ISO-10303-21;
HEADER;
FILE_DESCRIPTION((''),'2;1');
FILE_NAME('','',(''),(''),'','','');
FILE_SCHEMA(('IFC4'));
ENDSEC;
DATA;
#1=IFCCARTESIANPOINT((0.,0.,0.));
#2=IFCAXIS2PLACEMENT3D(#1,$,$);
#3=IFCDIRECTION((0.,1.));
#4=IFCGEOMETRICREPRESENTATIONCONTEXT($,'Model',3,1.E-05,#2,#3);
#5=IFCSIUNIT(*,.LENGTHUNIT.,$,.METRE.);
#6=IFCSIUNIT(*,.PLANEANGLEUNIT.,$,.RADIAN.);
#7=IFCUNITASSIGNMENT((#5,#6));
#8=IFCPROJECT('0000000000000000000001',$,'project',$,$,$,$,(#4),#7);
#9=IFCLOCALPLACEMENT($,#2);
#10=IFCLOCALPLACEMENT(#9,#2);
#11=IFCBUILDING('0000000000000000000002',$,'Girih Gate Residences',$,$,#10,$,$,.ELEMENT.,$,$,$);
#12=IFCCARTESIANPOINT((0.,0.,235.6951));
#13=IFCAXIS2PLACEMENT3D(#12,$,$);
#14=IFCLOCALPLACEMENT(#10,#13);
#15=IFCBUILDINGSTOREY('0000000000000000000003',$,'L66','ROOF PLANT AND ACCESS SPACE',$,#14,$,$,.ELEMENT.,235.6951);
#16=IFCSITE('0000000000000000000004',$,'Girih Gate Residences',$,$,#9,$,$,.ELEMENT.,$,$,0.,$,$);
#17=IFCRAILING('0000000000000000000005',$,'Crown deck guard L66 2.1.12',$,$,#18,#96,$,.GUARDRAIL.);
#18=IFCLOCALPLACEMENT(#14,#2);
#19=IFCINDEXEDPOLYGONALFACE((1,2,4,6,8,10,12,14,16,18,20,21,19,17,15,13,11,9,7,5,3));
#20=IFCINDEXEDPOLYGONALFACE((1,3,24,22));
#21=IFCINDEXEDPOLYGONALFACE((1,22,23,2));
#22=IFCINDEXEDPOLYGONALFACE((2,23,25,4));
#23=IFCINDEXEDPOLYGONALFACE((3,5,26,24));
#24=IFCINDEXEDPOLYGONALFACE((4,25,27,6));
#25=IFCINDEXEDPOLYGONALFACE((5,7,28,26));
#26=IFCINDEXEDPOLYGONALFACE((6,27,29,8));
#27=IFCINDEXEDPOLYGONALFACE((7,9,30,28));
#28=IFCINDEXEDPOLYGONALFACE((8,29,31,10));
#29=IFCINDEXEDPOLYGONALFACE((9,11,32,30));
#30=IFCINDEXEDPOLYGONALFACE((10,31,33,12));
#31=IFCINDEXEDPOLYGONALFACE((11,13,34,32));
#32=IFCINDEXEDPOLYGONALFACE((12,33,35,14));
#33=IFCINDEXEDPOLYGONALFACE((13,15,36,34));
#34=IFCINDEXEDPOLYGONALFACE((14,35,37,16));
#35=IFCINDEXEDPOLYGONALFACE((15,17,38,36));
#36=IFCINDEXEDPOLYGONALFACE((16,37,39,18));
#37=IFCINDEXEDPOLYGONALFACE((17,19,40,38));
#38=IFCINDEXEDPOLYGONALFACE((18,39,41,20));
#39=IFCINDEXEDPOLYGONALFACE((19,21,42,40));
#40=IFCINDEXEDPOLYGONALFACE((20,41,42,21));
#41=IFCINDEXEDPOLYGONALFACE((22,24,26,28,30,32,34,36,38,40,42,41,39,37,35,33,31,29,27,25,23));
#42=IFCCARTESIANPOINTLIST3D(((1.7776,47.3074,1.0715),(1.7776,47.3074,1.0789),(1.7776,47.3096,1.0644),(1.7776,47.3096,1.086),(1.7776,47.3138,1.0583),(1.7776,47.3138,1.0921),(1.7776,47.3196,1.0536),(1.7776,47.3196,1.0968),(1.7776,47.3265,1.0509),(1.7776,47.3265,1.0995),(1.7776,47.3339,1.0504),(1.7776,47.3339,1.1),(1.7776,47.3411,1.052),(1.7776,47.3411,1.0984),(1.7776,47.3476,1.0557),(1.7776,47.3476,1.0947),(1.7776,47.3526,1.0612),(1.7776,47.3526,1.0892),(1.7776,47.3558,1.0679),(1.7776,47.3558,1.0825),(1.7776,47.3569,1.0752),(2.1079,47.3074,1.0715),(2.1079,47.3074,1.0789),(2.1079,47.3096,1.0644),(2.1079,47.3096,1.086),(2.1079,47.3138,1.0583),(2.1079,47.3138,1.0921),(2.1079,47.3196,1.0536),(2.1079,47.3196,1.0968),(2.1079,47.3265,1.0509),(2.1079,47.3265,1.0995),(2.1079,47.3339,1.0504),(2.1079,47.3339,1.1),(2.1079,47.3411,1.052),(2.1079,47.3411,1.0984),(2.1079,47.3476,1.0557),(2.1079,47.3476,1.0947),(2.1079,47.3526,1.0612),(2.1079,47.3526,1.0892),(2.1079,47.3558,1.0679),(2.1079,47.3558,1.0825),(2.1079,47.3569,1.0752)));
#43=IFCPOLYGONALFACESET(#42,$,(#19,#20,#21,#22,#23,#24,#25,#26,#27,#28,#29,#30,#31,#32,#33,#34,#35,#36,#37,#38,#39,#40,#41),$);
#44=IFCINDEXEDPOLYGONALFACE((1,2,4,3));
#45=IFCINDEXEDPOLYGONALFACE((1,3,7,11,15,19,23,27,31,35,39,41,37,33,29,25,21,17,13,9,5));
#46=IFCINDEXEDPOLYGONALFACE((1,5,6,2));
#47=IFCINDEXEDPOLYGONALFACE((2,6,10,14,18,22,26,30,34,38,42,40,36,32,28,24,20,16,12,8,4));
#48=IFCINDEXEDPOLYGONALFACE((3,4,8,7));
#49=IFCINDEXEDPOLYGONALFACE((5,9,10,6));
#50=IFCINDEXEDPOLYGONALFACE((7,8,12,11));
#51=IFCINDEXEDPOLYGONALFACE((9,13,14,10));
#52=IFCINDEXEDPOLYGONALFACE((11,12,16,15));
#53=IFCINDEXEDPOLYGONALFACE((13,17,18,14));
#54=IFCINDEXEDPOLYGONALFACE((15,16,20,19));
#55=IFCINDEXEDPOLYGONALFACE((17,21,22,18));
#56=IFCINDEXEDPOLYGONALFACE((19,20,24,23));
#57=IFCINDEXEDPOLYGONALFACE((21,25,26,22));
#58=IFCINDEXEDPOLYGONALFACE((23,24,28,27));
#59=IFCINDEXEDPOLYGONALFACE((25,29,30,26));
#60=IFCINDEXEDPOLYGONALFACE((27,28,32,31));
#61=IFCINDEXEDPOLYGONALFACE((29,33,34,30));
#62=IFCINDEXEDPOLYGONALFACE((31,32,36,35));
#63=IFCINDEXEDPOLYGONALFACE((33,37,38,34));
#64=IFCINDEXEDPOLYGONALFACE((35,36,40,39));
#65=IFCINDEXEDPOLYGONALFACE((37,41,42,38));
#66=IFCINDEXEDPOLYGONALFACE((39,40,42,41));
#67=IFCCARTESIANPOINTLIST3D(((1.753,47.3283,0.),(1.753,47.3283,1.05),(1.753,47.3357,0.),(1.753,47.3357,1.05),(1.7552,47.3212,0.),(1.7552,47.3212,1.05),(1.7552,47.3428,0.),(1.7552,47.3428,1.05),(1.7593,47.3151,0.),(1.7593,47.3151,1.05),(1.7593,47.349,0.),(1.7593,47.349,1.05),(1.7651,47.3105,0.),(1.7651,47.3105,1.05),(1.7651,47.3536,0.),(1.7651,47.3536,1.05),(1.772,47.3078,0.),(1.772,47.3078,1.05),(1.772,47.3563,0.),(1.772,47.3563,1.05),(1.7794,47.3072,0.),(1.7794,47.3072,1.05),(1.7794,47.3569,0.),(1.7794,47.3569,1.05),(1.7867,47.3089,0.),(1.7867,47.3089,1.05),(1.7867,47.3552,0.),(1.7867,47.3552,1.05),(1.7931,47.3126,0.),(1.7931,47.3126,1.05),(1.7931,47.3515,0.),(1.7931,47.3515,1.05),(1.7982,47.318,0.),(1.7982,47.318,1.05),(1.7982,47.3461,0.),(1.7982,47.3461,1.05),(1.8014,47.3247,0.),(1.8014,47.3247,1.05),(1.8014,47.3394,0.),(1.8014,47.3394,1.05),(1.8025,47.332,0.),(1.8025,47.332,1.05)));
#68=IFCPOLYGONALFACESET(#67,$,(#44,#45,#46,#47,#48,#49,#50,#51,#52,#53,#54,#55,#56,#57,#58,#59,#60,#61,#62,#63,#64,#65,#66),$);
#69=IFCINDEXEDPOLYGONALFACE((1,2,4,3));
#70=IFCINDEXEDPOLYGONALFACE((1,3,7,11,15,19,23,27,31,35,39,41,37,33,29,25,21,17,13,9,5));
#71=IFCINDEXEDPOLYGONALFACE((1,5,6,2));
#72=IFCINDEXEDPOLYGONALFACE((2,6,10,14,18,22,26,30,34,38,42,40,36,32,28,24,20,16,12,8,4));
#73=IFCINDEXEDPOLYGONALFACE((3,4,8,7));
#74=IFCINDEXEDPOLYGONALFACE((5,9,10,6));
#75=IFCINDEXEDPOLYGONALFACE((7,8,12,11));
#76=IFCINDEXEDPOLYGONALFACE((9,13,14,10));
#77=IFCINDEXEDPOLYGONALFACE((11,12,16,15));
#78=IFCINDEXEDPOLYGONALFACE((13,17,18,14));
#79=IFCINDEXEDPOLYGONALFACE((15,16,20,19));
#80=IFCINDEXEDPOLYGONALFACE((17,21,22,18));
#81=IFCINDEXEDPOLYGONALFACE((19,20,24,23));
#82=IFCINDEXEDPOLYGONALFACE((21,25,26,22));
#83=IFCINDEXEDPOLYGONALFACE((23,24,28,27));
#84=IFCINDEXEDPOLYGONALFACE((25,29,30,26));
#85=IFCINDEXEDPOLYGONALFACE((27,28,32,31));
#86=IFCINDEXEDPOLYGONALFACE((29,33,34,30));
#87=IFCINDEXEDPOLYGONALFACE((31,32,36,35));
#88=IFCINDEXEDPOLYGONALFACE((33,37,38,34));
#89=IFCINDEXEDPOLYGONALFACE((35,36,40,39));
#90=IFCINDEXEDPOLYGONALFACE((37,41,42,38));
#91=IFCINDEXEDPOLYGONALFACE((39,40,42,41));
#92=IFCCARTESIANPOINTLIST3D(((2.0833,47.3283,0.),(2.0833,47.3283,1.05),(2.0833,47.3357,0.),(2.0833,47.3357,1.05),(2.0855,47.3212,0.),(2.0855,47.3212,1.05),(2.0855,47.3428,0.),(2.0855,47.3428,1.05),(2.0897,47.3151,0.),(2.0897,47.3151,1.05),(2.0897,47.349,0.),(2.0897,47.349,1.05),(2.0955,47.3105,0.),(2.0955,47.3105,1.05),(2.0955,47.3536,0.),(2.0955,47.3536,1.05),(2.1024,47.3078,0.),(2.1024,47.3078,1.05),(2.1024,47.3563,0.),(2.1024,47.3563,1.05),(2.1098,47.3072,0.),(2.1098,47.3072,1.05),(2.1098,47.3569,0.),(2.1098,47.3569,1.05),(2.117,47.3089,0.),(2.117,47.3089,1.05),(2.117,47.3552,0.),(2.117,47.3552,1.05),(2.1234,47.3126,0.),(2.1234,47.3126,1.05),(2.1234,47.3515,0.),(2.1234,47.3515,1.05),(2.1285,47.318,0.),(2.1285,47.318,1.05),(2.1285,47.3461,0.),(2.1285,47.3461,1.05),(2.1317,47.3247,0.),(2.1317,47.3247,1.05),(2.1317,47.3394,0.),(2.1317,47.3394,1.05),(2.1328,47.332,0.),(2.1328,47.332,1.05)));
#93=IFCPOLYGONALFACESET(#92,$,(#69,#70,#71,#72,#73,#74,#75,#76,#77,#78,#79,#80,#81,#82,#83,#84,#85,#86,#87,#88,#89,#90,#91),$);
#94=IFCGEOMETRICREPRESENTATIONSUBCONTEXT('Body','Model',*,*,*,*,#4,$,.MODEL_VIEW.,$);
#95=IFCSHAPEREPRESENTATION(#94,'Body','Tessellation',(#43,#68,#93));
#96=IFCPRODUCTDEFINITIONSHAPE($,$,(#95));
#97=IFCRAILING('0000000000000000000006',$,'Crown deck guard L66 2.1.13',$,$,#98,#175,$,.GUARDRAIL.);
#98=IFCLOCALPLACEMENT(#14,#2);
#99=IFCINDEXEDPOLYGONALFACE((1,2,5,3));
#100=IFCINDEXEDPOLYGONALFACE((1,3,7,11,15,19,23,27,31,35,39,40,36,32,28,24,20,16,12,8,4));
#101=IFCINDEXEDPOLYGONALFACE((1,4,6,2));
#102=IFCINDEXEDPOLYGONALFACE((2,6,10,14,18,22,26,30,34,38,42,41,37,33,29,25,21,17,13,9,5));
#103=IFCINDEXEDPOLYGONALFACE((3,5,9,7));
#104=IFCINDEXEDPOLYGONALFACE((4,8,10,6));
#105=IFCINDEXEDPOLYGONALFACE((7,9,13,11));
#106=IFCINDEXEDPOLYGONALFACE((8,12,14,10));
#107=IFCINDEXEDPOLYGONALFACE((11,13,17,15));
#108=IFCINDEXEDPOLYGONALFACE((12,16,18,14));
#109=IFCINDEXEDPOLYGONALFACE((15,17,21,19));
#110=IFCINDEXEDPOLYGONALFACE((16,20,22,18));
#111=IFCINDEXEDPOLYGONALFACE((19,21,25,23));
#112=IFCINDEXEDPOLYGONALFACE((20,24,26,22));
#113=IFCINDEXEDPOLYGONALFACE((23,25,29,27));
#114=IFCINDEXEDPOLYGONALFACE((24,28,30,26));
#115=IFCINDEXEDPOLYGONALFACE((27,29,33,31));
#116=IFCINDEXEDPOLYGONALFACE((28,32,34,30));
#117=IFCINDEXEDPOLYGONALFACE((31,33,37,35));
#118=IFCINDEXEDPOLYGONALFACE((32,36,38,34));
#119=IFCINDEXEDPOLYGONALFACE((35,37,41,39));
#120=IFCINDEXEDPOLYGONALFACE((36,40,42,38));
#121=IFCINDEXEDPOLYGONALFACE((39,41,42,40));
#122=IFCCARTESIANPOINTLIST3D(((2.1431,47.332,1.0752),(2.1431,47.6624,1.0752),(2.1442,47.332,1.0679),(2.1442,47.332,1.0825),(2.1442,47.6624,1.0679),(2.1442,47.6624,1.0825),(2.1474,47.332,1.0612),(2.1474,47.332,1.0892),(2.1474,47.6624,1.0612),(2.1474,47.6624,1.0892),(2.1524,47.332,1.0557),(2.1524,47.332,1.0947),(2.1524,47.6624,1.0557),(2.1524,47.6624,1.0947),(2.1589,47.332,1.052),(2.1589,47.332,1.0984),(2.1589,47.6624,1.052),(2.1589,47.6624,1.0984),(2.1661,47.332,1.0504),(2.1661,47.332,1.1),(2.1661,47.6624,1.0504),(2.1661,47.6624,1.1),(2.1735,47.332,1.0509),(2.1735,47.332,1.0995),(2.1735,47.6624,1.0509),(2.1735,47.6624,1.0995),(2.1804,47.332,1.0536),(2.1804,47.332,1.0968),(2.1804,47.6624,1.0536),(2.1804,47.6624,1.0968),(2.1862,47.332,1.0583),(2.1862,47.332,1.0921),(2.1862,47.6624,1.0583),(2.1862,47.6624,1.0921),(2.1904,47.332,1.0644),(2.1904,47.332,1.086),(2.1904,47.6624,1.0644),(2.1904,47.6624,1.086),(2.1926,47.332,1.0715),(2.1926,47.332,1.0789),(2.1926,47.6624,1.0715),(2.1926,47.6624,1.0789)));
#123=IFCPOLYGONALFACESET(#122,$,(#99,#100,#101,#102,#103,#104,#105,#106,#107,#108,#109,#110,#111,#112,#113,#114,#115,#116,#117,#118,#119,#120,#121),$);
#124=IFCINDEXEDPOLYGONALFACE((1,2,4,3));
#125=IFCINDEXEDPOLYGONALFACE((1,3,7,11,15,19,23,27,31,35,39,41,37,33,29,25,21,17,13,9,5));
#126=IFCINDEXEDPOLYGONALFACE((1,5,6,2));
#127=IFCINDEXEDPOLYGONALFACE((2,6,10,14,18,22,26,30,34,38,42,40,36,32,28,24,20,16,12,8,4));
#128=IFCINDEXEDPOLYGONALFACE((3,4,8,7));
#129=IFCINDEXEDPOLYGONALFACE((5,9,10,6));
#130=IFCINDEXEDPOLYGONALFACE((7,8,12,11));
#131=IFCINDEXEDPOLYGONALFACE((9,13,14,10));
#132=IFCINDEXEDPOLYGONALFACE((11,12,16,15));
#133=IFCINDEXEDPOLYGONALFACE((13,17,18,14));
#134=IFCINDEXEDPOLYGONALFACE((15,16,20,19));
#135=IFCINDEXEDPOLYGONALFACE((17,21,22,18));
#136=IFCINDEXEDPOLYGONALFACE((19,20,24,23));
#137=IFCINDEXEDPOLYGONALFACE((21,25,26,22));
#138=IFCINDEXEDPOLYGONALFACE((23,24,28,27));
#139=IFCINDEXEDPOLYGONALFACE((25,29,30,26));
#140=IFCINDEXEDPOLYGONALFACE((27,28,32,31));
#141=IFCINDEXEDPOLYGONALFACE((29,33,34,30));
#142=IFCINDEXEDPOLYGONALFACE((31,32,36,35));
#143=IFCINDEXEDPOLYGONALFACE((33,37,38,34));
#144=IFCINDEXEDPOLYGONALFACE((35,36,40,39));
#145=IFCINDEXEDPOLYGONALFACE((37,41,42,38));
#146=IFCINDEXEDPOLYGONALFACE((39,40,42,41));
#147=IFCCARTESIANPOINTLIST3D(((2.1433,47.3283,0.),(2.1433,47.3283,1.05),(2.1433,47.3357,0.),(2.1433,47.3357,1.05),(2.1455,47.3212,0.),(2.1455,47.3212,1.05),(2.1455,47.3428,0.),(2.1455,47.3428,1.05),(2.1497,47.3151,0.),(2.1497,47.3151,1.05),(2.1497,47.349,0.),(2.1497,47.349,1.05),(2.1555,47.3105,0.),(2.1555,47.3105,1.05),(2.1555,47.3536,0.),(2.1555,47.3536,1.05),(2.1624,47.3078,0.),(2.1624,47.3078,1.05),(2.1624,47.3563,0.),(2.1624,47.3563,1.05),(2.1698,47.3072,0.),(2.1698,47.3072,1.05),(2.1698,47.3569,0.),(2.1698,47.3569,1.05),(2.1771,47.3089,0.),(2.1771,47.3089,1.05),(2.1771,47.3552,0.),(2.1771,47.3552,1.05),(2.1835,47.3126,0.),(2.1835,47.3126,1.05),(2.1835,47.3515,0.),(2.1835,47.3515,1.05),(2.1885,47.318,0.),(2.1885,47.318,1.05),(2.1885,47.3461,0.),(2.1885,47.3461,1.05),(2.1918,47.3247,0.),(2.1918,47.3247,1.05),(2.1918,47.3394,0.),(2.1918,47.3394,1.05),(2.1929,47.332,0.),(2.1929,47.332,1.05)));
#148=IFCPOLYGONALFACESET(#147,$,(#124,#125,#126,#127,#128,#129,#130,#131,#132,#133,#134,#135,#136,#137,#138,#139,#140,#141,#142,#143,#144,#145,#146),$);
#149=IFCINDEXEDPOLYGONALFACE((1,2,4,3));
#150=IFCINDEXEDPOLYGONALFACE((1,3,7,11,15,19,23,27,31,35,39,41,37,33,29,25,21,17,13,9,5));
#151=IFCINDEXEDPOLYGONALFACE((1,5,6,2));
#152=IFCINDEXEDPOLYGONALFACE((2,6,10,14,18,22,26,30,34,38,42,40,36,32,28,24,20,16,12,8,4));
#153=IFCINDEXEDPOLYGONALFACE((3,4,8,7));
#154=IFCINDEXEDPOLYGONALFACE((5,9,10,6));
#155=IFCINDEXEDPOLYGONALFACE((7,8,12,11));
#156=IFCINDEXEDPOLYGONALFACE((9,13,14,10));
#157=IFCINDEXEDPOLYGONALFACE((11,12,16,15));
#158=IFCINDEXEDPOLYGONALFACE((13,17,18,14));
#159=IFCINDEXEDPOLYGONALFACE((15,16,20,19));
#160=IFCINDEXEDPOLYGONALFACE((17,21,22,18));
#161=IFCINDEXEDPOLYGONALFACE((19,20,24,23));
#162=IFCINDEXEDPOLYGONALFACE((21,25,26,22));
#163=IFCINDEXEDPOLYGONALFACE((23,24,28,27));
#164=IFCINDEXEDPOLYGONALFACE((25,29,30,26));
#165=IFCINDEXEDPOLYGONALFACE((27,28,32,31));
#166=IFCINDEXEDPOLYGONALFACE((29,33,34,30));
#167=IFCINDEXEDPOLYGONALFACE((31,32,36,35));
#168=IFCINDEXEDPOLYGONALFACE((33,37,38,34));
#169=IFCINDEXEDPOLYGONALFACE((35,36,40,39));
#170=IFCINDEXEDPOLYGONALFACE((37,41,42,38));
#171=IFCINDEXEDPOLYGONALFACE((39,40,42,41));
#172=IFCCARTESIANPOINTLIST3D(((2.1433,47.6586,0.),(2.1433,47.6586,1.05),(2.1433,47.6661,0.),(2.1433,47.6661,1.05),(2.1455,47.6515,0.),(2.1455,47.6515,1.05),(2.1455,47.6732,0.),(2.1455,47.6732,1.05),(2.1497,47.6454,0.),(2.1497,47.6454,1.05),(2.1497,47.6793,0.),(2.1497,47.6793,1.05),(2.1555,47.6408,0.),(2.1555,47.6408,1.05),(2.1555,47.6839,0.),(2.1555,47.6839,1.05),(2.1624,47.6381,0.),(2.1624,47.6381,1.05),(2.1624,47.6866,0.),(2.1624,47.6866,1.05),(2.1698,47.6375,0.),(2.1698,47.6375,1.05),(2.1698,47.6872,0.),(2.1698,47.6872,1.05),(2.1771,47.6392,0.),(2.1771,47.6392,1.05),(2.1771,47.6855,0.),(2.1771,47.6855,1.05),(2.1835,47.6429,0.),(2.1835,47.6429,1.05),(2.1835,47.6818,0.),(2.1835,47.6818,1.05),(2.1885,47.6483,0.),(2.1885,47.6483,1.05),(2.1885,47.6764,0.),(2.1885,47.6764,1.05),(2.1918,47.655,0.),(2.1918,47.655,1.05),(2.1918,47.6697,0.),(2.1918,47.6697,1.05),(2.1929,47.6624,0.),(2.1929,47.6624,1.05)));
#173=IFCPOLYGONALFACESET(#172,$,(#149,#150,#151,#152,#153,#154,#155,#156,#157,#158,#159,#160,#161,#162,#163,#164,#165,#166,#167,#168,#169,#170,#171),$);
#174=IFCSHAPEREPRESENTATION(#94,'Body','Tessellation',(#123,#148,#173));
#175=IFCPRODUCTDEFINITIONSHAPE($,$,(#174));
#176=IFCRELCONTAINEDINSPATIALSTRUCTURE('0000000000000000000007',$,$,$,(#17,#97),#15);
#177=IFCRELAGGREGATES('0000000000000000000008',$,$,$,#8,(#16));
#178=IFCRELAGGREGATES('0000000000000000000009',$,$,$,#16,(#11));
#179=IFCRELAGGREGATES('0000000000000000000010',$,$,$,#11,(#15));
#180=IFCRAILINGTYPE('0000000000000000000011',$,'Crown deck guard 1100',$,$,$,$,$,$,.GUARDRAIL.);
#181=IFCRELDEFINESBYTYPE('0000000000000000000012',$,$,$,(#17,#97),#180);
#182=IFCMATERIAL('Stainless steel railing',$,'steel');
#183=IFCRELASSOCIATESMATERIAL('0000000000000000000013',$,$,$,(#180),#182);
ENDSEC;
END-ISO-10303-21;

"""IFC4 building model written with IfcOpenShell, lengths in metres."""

from ifc_helpers import new_model, si_unit, direction, frame, origin, origin_2d, place, context, subcontext, project, spatial, circle, extrude, material, type_object, element, save


model = new_model("IFC4")

# Units and contexts
model_context = context("Model", 3, precision=1e-05, world=origin(), true_north=direction((0.0, 1.0)))
body_context = subcontext(model_context, "Body", "Model", "MODEL_VIEW")
ifc_project = project(units=[si_unit("LENGTHUNIT", "METRE"), si_unit("PLANEANGLEUNIT", "RADIAN")], contexts=[model_context])

# Site, building, storey
site_placement = place(None, origin())
site = spatial("IfcSite", under=ifc_project, at=site_placement, Name="Girih Gate Residences", CompositionType="ELEMENT", RefElevation=0.0)
building_placement = place(site_placement, origin())
building = spatial("IfcBuilding", under=site, at=building_placement, Name="Girih Gate Residences", CompositionType="ELEMENT")
storey_placement = place(building_placement, frame((0.0, 0.0, 235.6951)))
storey = spatial("IfcBuildingStorey", under=building, at=storey_placement, Name="L66", Description="ROOF PLANT AND ACCESS SPACE", CompositionType="ELEMENT", Elevation=235.6951)

# Railings
ifc_material_1 = material(Name="Stainless steel railing", Category="steel")
railing_type = type_object("IfcRailingType", Name="Crown deck guard 1100", PredefinedType="GUARDRAIL", material=ifc_material_1)
railing_1_placement = place(storey_placement, frame((1.7776, 47.332, 0.0)))
element("IfcRailing", 1, at=railing_1_placement, inside=storey, type_object=railing_type, Name="Crown deck guard L66 2.1.12", PredefinedType="GUARDRAIL", context=body_context, shape_type="SweptSolid", body=[
    extrude(circle(Radius=0.0249, at=origin_2d()), frame((0.0, 0.0, 1.0752), z_axis=(1.0, 0.0, 0.0), x_axis=(0.0, 1.0, 0.0)), (0.0, 0.0, 1.0), 0.3303),
    extrude(circle(Radius=0.0249, at=origin_2d()), origin(), (0.0, 0.0, 1.0), 1.05),
    extrude(circle(Radius=0.0249, at=origin_2d()), frame((0.3303, 0.0, 0.0)), (0.0, 0.0, 1.0), 1.05),
])
railing_2_placement = place(storey_placement, frame((2.168, 47.332, 0.0)))
element("IfcRailing", 2, at=railing_2_placement, inside=storey, type_object=railing_type, Name="Crown deck guard L66 2.1.13", PredefinedType="GUARDRAIL", context=body_context, shape_type="SweptSolid", body=[
    extrude(circle(Radius=0.0249, at=origin_2d()), frame((0.0, 0.0, 1.0752), z_axis=(0.0, 1.0, 0.0), x_axis=(-1.0, 0.0, 0.0)), (0.0, 0.0, 1.0), 0.3303),
    extrude(circle(Radius=0.0249, at=origin_2d()), origin(), (0.0, 0.0, 1.0), 1.05),
    extrude(circle(Radius=0.0249, at=origin_2d()), frame((0.0, 0.3303, 0.0)), (0.0, 0.0, 1.0), 1.05),
])

save(model, "model.ifc")
